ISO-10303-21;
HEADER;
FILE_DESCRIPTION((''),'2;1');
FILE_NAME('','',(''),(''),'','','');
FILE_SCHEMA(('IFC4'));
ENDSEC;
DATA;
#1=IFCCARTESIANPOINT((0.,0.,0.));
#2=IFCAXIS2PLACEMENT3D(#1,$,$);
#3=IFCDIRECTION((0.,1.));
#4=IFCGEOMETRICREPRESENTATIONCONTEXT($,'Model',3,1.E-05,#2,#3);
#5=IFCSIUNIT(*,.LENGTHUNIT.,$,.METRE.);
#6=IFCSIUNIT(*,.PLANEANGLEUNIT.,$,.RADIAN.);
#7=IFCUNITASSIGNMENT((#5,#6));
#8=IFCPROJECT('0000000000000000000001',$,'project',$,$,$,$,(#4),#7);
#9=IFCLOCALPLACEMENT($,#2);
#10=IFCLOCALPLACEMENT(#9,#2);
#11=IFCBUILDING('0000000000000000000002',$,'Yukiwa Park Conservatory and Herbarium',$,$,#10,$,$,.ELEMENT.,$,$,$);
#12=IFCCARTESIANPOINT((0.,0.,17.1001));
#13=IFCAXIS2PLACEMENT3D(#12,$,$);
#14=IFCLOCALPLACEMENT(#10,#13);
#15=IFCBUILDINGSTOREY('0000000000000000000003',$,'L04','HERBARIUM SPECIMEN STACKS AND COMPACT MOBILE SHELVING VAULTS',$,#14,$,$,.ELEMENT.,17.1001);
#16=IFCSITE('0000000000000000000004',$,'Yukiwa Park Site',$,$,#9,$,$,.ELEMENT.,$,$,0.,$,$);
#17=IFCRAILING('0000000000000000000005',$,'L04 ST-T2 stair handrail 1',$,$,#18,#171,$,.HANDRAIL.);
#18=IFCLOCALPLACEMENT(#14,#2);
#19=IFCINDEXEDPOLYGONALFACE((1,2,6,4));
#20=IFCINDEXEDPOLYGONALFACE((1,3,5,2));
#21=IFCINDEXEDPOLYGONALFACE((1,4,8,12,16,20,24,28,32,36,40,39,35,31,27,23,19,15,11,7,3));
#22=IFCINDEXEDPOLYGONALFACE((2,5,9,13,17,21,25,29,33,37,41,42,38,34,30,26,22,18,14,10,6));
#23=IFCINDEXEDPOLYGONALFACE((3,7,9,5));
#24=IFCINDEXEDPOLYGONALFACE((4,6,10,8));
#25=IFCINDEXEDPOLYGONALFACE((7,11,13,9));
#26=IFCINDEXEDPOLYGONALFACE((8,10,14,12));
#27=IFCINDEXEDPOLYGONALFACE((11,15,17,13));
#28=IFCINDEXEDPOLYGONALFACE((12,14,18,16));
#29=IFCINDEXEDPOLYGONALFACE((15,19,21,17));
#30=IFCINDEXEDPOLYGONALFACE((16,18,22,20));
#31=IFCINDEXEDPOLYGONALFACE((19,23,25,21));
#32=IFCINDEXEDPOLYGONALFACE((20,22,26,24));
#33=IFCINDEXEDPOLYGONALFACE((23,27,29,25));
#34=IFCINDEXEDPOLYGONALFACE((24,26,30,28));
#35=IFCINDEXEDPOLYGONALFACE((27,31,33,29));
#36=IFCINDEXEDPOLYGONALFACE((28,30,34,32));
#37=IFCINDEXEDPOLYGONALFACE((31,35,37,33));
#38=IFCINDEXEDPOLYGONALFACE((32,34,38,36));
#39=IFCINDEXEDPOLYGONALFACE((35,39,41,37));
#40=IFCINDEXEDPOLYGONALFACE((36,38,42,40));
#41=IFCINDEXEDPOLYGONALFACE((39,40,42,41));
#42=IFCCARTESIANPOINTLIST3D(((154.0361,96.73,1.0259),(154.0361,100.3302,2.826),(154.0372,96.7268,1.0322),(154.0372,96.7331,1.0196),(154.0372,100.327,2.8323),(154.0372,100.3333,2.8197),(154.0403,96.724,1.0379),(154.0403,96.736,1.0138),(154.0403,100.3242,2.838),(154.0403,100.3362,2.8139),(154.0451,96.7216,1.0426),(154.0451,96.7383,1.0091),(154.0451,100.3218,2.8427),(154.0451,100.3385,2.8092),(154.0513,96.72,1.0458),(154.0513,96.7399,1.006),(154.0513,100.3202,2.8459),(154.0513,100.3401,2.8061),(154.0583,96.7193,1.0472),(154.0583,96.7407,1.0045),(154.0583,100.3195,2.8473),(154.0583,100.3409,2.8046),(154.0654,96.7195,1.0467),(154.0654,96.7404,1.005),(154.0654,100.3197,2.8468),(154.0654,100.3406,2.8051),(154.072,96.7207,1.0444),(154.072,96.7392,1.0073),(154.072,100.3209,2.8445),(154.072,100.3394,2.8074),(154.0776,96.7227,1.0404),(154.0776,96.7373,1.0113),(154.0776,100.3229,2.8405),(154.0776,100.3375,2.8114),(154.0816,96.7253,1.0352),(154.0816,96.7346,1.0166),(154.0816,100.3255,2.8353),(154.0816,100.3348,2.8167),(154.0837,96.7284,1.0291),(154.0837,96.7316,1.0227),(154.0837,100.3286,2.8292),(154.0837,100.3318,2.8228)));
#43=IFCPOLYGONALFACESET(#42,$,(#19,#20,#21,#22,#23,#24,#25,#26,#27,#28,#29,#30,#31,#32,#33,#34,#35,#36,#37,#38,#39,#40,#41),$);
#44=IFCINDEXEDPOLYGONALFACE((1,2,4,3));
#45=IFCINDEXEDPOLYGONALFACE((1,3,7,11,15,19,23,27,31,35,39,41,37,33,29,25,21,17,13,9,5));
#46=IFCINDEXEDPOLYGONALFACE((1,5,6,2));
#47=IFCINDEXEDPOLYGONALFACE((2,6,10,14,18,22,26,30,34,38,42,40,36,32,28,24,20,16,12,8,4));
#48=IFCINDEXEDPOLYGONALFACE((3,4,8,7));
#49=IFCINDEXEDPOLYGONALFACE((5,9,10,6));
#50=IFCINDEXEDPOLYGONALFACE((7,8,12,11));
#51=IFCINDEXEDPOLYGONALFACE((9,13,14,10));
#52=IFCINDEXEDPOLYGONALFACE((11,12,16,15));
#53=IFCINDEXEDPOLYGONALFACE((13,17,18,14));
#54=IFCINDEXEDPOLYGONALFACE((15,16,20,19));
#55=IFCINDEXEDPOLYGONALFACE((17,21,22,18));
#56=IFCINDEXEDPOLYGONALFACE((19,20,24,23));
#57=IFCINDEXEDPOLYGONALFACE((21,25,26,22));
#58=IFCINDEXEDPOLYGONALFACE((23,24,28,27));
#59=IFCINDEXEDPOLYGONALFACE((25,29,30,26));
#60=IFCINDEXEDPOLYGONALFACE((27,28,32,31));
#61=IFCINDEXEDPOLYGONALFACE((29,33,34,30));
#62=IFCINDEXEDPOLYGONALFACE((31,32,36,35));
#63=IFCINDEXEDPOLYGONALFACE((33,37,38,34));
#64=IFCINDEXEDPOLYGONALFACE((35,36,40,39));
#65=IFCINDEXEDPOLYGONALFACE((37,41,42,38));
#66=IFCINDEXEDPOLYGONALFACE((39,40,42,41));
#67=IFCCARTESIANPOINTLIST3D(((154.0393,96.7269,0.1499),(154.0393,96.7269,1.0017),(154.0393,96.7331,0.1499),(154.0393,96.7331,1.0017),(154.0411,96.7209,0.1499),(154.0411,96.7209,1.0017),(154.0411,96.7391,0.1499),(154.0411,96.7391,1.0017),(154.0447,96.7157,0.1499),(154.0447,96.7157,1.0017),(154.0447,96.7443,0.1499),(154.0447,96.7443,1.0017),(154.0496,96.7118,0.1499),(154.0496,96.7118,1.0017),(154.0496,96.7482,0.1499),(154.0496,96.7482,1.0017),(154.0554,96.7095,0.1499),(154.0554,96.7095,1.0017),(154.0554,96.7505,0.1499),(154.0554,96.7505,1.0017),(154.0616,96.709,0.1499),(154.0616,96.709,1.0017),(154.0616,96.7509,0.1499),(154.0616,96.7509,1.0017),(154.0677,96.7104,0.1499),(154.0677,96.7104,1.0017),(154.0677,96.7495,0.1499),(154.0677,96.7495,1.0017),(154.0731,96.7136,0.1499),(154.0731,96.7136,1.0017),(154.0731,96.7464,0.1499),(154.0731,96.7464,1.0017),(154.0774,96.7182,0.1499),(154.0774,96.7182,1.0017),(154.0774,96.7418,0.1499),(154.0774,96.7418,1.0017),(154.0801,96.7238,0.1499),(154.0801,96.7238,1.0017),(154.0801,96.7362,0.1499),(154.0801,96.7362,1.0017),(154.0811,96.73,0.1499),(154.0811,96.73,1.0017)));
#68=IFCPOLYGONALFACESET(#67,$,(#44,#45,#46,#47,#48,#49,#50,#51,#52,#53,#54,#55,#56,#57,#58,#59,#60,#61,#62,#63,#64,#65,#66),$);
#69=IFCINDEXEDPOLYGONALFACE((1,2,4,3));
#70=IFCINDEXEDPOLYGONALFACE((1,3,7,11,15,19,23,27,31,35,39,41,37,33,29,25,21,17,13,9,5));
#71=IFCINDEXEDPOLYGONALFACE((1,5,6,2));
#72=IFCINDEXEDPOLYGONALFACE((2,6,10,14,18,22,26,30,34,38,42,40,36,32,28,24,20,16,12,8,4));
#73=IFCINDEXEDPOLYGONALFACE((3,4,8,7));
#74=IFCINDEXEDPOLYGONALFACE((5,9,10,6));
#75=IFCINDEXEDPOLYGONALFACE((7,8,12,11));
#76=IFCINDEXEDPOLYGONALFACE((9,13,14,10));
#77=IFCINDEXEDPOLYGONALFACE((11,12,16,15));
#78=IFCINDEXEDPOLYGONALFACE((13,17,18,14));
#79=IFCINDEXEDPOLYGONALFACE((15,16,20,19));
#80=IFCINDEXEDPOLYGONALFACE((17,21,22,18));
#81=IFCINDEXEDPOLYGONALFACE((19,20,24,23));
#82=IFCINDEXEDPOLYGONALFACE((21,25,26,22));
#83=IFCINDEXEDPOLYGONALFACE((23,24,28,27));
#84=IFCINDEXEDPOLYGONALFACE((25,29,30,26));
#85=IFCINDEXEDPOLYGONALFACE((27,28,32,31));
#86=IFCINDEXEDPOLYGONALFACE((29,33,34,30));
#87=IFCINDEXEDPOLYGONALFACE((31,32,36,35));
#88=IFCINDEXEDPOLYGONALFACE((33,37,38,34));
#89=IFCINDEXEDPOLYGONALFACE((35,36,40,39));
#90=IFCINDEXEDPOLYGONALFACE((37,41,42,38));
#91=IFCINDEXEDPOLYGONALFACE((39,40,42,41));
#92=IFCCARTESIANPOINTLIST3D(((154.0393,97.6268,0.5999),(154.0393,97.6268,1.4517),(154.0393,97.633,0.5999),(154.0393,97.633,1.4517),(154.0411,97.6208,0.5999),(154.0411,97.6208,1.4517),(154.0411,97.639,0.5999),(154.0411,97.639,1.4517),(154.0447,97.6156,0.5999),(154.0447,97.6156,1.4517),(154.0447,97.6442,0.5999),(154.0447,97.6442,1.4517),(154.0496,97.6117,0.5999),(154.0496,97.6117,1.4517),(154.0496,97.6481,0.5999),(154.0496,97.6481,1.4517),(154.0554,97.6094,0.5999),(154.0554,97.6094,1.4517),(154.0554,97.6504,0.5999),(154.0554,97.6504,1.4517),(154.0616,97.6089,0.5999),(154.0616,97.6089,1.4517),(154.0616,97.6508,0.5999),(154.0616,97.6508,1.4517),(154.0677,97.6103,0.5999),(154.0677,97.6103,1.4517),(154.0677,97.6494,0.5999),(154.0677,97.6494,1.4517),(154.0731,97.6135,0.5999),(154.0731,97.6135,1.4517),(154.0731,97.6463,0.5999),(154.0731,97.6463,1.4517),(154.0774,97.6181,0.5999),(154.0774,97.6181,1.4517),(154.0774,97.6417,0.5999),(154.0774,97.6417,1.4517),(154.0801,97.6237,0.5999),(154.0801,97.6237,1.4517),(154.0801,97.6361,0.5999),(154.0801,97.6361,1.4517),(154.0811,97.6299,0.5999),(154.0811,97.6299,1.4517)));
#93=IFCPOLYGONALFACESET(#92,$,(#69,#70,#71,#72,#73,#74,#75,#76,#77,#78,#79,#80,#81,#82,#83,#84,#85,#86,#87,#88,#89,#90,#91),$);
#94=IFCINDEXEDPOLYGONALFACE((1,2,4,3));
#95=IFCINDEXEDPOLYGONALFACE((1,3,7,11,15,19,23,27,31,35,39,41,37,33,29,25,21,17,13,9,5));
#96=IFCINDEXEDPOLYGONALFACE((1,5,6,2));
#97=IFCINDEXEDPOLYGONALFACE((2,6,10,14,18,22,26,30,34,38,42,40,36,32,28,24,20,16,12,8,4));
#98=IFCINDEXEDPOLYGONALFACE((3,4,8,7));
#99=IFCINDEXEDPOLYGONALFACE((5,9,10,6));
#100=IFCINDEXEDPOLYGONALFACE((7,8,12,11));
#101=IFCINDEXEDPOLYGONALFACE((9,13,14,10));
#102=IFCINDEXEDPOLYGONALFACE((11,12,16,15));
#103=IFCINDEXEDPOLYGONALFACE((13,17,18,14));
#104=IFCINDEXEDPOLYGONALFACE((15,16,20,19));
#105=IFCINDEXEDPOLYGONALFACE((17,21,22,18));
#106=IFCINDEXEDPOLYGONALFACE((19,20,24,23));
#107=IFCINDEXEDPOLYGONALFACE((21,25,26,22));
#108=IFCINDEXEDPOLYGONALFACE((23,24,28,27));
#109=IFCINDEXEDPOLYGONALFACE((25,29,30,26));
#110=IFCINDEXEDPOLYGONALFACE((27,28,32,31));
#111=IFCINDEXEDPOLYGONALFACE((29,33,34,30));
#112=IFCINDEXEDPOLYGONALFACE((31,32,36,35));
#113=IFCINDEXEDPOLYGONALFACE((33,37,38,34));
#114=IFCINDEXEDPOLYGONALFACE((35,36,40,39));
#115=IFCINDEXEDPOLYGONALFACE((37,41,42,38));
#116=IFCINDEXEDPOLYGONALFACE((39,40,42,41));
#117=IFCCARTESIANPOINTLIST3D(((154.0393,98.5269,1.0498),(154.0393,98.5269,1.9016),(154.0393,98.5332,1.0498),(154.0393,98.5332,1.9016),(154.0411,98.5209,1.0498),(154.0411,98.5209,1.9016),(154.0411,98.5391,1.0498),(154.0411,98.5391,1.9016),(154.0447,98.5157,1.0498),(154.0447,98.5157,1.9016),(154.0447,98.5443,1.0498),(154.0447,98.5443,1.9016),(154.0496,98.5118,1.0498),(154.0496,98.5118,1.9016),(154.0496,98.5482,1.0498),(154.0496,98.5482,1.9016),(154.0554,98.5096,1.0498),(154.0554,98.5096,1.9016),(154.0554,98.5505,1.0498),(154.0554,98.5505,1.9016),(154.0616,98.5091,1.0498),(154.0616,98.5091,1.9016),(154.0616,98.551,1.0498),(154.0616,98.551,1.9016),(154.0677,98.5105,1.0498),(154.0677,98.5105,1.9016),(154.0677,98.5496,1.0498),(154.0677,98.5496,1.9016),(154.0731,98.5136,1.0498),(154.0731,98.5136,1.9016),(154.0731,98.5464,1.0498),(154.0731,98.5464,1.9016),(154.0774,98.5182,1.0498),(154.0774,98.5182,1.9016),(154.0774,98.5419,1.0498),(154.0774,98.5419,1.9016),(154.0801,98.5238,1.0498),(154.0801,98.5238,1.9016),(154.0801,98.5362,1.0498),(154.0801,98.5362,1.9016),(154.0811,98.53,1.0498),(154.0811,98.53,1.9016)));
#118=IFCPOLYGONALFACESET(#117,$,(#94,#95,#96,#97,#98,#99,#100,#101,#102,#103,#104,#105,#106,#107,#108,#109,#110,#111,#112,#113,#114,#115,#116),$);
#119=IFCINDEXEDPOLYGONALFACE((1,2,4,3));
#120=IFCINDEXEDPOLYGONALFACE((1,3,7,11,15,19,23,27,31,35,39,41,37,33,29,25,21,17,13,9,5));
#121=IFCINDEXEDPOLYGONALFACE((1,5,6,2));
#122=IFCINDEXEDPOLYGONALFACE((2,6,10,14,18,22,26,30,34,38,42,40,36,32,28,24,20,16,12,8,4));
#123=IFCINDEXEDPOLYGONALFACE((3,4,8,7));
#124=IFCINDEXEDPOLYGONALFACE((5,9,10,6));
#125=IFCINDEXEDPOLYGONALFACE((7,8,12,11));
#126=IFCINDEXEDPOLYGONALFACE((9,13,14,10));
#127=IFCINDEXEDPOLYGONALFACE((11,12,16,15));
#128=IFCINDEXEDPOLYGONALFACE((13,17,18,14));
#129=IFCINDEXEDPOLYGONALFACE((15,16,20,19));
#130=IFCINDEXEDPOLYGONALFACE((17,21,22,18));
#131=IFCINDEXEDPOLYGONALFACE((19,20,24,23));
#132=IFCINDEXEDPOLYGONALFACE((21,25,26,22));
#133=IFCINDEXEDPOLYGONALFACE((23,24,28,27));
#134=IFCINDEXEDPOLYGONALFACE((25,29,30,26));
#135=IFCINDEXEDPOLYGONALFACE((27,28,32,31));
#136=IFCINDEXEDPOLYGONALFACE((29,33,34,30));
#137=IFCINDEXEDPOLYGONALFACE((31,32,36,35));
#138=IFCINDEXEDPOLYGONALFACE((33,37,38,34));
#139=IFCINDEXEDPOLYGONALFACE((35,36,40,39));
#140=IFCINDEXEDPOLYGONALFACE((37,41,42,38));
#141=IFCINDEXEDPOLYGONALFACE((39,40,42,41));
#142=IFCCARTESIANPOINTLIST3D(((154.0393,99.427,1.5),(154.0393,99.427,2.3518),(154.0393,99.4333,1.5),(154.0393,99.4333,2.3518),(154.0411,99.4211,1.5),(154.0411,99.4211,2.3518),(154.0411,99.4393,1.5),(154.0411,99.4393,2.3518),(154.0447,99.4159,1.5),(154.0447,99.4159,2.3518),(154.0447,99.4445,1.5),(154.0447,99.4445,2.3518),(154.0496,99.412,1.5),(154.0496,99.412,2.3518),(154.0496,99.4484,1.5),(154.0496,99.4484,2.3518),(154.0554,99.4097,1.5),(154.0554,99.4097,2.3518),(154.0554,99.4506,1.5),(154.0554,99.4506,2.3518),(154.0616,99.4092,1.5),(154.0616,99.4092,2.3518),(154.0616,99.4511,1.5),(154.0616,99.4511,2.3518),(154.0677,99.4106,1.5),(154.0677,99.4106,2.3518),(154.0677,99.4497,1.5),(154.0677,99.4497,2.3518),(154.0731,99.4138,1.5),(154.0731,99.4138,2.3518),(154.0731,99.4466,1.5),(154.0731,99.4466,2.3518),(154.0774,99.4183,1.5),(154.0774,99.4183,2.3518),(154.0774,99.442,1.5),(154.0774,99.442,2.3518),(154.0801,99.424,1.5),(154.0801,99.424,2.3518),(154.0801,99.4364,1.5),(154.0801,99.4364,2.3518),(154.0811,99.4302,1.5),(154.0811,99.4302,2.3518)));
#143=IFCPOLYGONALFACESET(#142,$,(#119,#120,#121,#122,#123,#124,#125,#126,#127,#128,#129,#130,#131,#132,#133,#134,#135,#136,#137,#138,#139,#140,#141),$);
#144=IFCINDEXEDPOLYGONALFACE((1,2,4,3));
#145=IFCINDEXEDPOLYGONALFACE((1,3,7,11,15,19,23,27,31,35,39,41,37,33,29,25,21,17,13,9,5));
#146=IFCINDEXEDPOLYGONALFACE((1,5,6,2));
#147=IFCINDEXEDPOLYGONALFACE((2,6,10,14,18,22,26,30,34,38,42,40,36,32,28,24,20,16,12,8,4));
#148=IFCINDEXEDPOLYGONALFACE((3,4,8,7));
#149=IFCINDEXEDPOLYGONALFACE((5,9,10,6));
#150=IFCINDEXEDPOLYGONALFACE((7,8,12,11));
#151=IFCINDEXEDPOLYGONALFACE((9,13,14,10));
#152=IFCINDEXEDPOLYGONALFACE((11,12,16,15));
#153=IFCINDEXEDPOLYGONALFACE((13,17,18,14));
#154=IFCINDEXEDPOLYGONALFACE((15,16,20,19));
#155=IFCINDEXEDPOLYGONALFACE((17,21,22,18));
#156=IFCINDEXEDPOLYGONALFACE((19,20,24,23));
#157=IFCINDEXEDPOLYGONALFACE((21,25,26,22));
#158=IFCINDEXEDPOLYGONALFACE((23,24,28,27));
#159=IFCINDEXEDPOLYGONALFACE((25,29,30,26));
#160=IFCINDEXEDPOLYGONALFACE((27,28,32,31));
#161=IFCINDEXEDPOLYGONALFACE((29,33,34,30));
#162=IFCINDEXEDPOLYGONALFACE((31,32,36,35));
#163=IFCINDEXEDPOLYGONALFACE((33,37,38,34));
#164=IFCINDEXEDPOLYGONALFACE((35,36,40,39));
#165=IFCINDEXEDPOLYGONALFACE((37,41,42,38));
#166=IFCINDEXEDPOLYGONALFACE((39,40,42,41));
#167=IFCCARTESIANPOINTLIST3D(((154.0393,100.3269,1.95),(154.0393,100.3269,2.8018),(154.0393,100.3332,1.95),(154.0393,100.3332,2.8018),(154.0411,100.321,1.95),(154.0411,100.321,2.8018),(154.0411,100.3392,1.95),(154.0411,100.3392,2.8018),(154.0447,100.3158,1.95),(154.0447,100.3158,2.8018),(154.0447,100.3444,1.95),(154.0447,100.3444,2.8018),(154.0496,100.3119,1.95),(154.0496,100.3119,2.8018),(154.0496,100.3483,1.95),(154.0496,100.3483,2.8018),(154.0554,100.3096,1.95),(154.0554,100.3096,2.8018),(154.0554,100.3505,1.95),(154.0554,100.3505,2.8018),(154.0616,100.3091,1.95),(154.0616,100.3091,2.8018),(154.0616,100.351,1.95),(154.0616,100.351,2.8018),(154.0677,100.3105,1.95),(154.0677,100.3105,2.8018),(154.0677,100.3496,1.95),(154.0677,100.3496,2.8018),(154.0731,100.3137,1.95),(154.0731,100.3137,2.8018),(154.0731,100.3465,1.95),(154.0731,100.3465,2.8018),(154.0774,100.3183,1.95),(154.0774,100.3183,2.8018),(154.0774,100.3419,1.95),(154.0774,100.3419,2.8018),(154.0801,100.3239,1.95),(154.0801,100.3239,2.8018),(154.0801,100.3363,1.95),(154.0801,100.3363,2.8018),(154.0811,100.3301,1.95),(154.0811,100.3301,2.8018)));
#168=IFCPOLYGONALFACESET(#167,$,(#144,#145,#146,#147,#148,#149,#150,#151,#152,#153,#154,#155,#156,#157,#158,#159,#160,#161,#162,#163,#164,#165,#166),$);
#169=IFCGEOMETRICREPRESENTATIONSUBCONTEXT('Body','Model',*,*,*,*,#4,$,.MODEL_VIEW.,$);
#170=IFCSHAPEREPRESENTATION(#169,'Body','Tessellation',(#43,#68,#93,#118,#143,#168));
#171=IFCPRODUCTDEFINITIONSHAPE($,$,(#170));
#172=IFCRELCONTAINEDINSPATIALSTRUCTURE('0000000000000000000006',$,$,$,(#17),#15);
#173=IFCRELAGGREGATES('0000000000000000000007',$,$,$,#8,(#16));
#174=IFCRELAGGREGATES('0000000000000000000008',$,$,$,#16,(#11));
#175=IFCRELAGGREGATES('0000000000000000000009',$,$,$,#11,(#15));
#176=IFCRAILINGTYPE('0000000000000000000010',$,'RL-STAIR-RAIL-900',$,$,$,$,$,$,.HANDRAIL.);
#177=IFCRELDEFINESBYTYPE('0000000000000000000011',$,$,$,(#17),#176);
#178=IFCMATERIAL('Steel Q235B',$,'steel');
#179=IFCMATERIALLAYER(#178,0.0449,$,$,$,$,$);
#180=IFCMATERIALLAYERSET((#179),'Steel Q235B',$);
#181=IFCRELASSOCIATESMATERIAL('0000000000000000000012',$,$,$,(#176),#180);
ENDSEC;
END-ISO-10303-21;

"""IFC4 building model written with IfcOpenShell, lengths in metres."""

from ifc_helpers import new_model, si_unit, direction, frame, origin, origin_2d, place, context, subcontext, project, spatial, circle, extrude, material, layer, layer_set, type_object, element, save


model = new_model("IFC4")

# Units and contexts
model_context = context("Model", 3, precision=1e-05, world=origin(), true_north=direction((0.0, 1.0)))
body_context = subcontext(model_context, "Body", "Model", "MODEL_VIEW")
ifc_project = project(units=[si_unit("LENGTHUNIT", "METRE"), si_unit("PLANEANGLEUNIT", "RADIAN")], contexts=[model_context])

# Site, building, storey
site_placement = place(None, origin())
site = spatial("IfcSite", under=ifc_project, at=site_placement, Name="Yukiwa Park Site", CompositionType="ELEMENT", RefElevation=0.0)
building_placement = place(site_placement, origin())
building = spatial("IfcBuilding", under=site, at=building_placement, Name="Yukiwa Park Conservatory and Herbarium", CompositionType="ELEMENT")
storey_placement = place(building_placement, frame((0.0, 0.0, 17.1001)))
storey = spatial("IfcBuildingStorey", under=building, at=storey_placement, Name="L04", Description="HERBARIUM SPECIMEN STACKS AND COMPACT MOBILE SHELVING VAULTS", CompositionType="ELEMENT", Elevation=17.1001)

# Railing
ifc_material_1 = material(Name="Steel Q235B", Category="steel")
ifc_layer_1 = layer(ifc_material_1, 0.0449)
ifc_layer_set_1 = layer_set([ifc_layer_1], Name="Steel Q235B")
railing_type_1 = type_object("IfcRailingType", Name="RL-STAIR-RAIL-900", PredefinedType="HANDRAIL", material=ifc_layer_set_1)
railing_1_placement = place(storey_placement, frame((154.0601, 96.73, 0.1499)))
element("IfcRailing", 1, at=railing_1_placement, inside=storey, type_object=railing_type_1, Name="L04 ST-T2 stair handrail 1", PredefinedType="HANDRAIL", context=body_context, shape_type="SweptSolid", body=[
    extrude(circle(Radius=0.0239, at=origin_2d()), frame((0.0, 0.0, 0.876), z_axis=(0.0, 0.894427, 0.447214), x_axis=(-1.0, 0.0, 0.0)), (0.0, 0.0, 1.0), 4.0251),
    extrude(circle(Radius=0.021, at=origin_2d()), origin(), (0.0, 0.0, 1.0), 0.8518),
    extrude(circle(Radius=0.021, at=origin_2d()), frame((0.0, 0.8999, 0.45)), (0.0, 0.0, 1.0), 0.8518),
    extrude(circle(Radius=0.021, at=origin_2d()), frame((0.0, 1.8, 0.8999)), (0.0, 0.0, 1.0), 0.8518),
    extrude(circle(Radius=0.021, at=origin_2d()), frame((0.0, 2.7002, 1.3501)), (0.0, 0.0, 1.0), 0.8518),
    extrude(circle(Radius=0.021, at=origin_2d()), frame((0.0, 3.6001, 1.8)), (0.0, 0.0, 1.0), 0.8518),
])

save(model, "model.ifc")
